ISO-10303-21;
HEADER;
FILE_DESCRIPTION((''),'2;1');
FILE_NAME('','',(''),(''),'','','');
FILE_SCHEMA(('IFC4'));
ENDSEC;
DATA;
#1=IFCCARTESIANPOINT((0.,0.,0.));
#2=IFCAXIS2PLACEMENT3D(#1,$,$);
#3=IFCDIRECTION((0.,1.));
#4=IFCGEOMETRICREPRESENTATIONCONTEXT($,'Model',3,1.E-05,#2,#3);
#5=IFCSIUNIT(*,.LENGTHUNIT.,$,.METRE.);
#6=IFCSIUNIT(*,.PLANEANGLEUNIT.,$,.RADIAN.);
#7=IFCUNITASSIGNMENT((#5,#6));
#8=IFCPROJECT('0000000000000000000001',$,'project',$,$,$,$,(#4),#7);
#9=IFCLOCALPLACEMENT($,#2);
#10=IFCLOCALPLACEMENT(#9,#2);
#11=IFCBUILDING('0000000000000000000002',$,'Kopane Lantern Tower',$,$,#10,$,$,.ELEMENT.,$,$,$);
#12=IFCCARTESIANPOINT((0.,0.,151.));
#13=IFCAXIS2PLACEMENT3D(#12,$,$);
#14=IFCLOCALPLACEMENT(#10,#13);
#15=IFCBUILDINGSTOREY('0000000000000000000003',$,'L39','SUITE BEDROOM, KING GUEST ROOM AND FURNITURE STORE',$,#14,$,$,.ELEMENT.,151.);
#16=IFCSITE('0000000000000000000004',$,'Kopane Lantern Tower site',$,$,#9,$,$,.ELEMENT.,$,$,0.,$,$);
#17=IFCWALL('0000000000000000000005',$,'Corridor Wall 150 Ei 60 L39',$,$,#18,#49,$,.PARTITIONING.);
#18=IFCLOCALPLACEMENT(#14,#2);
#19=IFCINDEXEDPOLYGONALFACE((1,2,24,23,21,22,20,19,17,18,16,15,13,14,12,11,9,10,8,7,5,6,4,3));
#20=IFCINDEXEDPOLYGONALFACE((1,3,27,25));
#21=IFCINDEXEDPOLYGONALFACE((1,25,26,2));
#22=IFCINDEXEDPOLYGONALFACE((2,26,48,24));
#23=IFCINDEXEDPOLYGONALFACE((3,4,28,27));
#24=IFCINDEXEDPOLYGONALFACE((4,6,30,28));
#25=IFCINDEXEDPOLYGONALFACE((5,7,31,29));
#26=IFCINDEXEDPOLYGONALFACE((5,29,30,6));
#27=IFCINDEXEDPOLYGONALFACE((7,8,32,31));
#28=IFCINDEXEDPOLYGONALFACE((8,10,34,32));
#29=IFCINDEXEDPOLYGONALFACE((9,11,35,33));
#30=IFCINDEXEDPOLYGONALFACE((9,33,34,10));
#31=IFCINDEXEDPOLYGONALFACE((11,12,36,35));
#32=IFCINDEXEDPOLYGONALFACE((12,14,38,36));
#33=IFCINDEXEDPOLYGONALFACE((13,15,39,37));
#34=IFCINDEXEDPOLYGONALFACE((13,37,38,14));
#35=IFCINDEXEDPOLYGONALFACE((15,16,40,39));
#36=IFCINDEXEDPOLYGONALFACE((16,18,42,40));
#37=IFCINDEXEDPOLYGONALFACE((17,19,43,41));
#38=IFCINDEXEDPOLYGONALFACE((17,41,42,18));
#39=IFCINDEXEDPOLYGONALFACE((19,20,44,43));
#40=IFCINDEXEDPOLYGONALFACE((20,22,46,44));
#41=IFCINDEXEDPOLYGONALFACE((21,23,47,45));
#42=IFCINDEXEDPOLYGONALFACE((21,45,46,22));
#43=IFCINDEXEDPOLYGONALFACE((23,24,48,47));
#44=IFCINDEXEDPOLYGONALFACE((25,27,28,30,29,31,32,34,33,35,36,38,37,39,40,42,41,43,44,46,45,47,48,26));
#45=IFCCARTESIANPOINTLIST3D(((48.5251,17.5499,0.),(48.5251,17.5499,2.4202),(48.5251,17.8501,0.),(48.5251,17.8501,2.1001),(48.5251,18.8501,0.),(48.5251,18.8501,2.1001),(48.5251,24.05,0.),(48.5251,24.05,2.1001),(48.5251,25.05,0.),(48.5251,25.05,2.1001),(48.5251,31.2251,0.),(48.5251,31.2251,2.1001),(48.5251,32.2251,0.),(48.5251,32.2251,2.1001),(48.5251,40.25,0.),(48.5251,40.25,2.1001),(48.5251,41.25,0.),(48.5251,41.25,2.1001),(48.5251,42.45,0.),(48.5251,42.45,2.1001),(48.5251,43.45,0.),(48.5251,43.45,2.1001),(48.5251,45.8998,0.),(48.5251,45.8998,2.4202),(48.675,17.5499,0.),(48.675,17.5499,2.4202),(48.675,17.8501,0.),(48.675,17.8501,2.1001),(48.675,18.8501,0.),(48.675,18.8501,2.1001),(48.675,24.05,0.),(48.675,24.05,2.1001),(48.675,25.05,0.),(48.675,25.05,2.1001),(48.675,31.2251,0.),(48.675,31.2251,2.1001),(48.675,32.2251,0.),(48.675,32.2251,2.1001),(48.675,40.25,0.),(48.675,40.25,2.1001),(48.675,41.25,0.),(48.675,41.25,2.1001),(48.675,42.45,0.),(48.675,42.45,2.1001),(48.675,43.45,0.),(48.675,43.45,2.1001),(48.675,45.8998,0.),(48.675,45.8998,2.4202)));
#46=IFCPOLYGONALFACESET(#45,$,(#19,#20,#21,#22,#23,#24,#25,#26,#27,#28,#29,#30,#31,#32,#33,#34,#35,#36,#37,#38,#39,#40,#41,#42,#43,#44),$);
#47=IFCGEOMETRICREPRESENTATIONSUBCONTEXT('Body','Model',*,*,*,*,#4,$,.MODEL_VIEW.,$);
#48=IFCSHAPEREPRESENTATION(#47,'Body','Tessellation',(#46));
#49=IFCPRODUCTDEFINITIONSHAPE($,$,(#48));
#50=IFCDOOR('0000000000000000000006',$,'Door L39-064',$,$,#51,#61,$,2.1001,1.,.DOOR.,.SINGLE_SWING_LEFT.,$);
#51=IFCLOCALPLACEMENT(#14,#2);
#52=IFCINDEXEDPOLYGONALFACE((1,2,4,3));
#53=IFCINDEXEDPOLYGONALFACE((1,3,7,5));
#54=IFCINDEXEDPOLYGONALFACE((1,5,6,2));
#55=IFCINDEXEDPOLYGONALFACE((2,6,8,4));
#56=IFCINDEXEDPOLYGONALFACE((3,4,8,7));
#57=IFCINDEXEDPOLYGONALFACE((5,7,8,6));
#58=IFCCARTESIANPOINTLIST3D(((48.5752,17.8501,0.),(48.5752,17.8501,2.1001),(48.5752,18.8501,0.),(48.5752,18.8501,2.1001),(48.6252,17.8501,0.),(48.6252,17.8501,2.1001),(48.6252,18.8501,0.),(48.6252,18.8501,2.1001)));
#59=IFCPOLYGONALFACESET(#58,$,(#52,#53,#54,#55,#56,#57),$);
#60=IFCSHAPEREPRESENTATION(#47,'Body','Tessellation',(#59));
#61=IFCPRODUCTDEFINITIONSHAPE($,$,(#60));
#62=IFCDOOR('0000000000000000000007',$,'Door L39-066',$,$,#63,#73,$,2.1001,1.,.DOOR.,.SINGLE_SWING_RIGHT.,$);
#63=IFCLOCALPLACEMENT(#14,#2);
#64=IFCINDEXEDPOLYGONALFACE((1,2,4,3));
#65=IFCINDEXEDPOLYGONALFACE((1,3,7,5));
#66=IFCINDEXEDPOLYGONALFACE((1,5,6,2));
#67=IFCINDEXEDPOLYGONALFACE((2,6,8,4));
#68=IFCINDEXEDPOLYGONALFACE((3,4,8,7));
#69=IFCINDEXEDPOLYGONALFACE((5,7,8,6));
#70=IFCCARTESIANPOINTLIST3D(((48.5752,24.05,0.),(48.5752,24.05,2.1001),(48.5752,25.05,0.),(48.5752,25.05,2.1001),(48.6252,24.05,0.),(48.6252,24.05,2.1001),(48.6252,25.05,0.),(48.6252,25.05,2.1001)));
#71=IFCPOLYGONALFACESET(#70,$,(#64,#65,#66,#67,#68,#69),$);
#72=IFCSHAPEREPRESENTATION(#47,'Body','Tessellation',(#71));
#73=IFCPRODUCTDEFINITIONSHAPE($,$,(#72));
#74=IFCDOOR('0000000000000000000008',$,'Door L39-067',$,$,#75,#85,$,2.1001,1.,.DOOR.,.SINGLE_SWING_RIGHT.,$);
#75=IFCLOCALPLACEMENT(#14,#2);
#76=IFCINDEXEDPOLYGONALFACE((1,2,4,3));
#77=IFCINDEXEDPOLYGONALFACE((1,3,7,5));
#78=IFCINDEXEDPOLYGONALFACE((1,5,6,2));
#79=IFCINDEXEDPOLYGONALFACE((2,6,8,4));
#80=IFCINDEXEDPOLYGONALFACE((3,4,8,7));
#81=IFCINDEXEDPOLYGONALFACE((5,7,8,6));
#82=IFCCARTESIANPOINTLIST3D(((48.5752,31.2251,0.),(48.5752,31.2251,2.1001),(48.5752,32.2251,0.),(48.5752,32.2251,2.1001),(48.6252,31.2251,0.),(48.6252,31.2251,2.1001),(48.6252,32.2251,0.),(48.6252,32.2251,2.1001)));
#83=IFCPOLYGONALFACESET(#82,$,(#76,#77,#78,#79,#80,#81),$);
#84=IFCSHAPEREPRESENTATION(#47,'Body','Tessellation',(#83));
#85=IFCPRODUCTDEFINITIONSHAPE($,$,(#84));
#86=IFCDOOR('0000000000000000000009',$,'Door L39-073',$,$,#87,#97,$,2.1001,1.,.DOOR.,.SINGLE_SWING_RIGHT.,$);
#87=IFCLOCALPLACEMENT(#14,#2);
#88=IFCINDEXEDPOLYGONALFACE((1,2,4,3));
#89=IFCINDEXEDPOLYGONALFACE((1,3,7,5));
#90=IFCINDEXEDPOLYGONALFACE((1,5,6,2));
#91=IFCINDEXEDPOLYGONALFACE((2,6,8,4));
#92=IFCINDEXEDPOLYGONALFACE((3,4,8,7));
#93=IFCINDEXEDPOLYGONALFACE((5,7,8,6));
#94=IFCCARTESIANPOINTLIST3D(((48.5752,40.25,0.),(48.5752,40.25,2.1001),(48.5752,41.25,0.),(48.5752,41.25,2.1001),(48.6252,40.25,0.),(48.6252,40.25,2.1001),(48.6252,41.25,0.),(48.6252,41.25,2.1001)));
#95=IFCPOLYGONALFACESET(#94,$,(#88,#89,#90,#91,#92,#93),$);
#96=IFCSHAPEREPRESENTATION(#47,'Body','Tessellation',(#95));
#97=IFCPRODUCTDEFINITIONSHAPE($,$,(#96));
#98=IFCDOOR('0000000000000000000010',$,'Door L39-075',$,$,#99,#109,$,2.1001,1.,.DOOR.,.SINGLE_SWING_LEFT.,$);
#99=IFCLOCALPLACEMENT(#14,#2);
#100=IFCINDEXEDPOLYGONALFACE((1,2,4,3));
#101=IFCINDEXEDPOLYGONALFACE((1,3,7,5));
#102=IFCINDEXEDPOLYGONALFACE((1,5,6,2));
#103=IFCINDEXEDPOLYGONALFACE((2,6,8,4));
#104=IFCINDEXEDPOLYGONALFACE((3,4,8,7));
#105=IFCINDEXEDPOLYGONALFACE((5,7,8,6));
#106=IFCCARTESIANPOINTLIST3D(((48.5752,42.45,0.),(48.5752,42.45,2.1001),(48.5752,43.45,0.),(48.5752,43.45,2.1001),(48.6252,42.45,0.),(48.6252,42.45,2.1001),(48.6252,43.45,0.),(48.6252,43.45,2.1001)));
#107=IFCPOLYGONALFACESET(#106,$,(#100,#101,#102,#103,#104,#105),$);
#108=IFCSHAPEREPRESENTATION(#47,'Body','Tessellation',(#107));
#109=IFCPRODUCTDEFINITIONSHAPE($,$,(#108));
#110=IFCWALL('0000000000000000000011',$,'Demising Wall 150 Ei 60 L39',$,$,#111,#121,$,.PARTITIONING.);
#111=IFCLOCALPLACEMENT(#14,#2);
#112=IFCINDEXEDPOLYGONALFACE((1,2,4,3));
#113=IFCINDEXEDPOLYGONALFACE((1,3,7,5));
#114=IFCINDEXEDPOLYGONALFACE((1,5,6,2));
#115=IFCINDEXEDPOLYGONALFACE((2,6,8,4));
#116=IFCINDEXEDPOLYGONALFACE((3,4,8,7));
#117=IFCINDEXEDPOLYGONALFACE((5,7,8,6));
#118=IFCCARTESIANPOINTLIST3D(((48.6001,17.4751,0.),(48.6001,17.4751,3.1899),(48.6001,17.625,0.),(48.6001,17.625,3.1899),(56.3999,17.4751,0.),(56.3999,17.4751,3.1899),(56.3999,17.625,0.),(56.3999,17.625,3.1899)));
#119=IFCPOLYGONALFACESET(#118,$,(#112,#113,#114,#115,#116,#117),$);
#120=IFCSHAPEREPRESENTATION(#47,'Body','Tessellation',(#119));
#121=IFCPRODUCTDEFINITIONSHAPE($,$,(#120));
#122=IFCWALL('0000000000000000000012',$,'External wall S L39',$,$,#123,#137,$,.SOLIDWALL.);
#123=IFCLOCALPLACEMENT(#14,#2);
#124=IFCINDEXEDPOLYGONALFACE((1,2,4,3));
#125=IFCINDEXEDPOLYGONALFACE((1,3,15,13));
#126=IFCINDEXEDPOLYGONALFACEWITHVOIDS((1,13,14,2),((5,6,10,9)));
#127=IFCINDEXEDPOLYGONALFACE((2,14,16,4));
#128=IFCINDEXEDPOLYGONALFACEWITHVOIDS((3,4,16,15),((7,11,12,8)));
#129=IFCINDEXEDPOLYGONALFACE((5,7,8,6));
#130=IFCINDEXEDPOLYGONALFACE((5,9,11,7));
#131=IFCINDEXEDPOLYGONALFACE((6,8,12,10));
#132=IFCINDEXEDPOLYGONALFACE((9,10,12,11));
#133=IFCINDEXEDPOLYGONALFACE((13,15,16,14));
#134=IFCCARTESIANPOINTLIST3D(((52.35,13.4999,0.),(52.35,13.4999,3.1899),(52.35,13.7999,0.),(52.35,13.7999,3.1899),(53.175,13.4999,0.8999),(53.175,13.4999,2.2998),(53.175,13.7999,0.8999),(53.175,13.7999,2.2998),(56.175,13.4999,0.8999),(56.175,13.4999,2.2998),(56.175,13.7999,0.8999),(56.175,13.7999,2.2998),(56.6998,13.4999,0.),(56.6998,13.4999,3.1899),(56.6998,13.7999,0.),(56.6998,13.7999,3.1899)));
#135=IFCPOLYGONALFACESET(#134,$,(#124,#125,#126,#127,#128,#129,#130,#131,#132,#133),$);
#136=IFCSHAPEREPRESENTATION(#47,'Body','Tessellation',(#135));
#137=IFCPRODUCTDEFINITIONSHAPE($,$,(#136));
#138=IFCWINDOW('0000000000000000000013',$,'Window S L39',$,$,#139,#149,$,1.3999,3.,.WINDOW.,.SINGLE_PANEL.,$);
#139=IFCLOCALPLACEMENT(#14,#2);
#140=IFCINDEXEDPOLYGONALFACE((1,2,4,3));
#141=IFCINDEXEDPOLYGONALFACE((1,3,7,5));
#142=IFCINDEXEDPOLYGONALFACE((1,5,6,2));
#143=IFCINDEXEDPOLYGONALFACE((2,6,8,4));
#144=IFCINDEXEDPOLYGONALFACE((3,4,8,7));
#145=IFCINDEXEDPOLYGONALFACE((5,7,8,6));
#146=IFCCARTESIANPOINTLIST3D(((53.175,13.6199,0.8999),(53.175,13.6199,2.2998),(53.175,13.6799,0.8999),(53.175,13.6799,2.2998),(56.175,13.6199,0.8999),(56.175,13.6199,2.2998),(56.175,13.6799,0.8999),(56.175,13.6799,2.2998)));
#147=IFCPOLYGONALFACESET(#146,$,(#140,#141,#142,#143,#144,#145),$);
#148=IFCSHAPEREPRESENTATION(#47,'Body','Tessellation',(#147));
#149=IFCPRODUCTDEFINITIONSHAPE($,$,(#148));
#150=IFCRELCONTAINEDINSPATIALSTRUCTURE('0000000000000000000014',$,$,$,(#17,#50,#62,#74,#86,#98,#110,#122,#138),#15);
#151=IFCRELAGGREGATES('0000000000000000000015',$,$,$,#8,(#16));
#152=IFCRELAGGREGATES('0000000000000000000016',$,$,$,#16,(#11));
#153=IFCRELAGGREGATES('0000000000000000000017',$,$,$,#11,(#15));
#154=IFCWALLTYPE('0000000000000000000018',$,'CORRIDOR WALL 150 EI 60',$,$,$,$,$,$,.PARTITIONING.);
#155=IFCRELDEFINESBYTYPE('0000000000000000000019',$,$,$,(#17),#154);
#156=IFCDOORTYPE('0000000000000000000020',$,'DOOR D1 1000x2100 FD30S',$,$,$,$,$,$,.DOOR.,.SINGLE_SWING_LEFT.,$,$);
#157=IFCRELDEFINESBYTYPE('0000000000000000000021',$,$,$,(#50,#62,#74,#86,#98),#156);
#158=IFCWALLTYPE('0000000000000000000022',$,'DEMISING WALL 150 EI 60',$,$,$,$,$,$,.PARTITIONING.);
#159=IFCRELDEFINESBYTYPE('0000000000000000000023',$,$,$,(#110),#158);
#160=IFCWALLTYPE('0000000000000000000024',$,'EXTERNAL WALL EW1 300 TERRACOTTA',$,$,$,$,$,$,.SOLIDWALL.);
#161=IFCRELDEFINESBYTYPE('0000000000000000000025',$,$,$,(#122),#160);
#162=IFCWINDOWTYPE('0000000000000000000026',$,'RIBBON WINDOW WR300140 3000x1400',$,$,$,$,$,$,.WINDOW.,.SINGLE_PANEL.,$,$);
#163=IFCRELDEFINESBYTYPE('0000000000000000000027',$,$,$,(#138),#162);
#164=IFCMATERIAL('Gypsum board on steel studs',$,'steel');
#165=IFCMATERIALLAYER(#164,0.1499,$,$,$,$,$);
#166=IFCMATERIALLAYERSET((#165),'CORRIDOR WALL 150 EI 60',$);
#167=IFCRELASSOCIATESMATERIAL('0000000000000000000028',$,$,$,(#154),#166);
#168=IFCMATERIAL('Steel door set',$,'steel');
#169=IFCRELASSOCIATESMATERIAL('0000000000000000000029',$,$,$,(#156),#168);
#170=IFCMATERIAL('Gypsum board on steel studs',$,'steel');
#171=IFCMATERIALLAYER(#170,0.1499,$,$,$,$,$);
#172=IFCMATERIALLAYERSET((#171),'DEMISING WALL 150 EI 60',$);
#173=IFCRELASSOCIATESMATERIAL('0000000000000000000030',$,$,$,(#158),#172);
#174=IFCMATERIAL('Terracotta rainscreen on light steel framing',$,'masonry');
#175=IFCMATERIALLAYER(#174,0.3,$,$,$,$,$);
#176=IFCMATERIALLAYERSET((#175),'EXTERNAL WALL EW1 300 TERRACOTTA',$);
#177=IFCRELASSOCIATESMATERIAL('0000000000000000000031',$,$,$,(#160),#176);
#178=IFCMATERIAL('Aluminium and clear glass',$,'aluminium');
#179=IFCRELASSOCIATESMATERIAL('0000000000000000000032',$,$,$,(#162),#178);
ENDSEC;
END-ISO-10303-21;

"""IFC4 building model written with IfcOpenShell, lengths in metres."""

from ifc_helpers import new_model, si_unit, direction, frame, frame_2d, origin, place, context, subcontext, project, spatial, rectangle, extrude, material, layer, layer_set, type_object, element, fill, save


model = new_model("IFC4")

# Units and contexts
model_context = context("Model", 3, precision=1e-05, world=origin(), true_north=direction((0.0, 1.0)))
body_context = subcontext(model_context, "Body", "Model", "MODEL_VIEW")
ifc_project = project(units=[si_unit("LENGTHUNIT", "METRE"), si_unit("PLANEANGLEUNIT", "RADIAN")], contexts=[model_context])

# Site, building, storey
site_placement = place(None, origin())
site = spatial("IfcSite", under=ifc_project, at=site_placement, Name="Kopane Lantern Tower site", CompositionType="ELEMENT", RefElevation=0.0)
building_placement = place(site_placement, origin())
building = spatial("IfcBuilding", under=site, at=building_placement, Name="Kopane Lantern Tower", CompositionType="ELEMENT")
storey_placement = place(building_placement, frame((0.0, 0.0, 151.0)))
storey = spatial("IfcBuildingStorey", under=building, at=storey_placement, Name="L39", Description="SUITE BEDROOM, KING GUEST ROOM AND FURNITURE STORE", CompositionType="ELEMENT", Elevation=151.0)

# Wall, openings, doors
ifc_material_1 = material(Name="Gypsum board on steel studs", Category="steel")
ifc_layer_1 = layer(ifc_material_1, 0.1499)
ifc_layer_set_1 = layer_set([ifc_layer_1], Name="CORRIDOR WALL 150 EI 60")
wall_type_1 = type_object("IfcWallType", Name="CORRIDOR WALL 150 EI 60", PredefinedType="PARTITIONING", material=ifc_layer_set_1)
wall_1_placement = place(storey_placement, frame((48.6001, 17.55, 0.0), z_axis=(0.0, 0.0, 1.0), x_axis=(0.0, 1.0, 0.0)))
wall_1 = element("IfcWall", 1, at=wall_1_placement, inside=storey, type_object=wall_type_1, Name="Corridor Wall 150 Ei 60 L39", PredefinedType="PARTITIONING", context=body_context, shape_type="SweptSolid", body=[
    extrude(rectangle(XDim=28.3499, YDim=0.1499, at=frame_2d((14.1748, 0.0))), origin(), (0.0, 0.0, 1.0), 2.4202),
])
opening_1_placement = place(wall_1_placement, frame((0.3, 0.0, 0.0)))
opening_1 = element("IfcOpeningElement", 2, at=opening_1_placement, cuts=wall_1, PredefinedType="OPENING", context=body_context, shape_type="SweptSolid", body=[
    extrude(rectangle(XDim=1.0, YDim=2.1001, at=frame_2d((0.5, 1.05))), frame((0.0, 0.085, 0.0), z_axis=(0.0, -1.0, 0.0), x_axis=(1.0, 0.0, 0.0)), (0.0, 0.0, 1.0), 0.1699),
])
opening_2_placement = place(wall_1_placement, frame((6.5, 0.0, 0.0)))
opening_2 = element("IfcOpeningElement", 3, at=opening_2_placement, cuts=wall_1, PredefinedType="OPENING", context=body_context, shape_type="SweptSolid", body=[
    extrude(rectangle(XDim=1.0, YDim=2.1001, at=frame_2d((0.5, 1.05))), frame((0.0, 0.085, 0.0), z_axis=(0.0, -1.0, 0.0), x_axis=(1.0, 0.0, 0.0)), (0.0, 0.0, 1.0), 0.1699),
])
opening_3_placement = place(wall_1_placement, frame((13.675, 0.0, 0.0)))
opening_3 = element("IfcOpeningElement", 4, at=opening_3_placement, cuts=wall_1, PredefinedType="OPENING", context=body_context, shape_type="SweptSolid", body=[
    extrude(rectangle(XDim=1.0, YDim=2.1001, at=frame_2d((0.5, 1.05))), frame((0.0, 0.085, 0.0), z_axis=(0.0, -1.0, 0.0), x_axis=(1.0, 0.0, 0.0)), (0.0, 0.0, 1.0), 0.1699),
])
opening_4_placement = place(wall_1_placement, frame((22.7, 0.0, 0.0)))
opening_4 = element("IfcOpeningElement", 5, at=opening_4_placement, cuts=wall_1, PredefinedType="OPENING", context=body_context, shape_type="SweptSolid", body=[
    extrude(rectangle(XDim=1.0, YDim=2.1001, at=frame_2d((0.5, 1.05))), frame((0.0, 0.085, 0.0), z_axis=(0.0, -1.0, 0.0), x_axis=(1.0, 0.0, 0.0)), (0.0, 0.0, 1.0), 0.1699),
])
opening_5_placement = place(wall_1_placement, frame((24.8999, 0.0, 0.0)))
opening_5 = element("IfcOpeningElement", 6, at=opening_5_placement, cuts=wall_1, PredefinedType="OPENING", context=body_context, shape_type="SweptSolid", body=[
    extrude(rectangle(XDim=1.0, YDim=2.1001, at=frame_2d((0.5, 1.05))), frame((0.0, 0.085, 0.0), z_axis=(0.0, -1.0, 0.0), x_axis=(1.0, 0.0, 0.0)), (0.0, 0.0, 1.0), 0.1699),
])
ifc_material_2 = material(Name="Steel door set", Category="steel")
door_type_1 = type_object("IfcDoorType", Name="DOOR D1 1000x2100 FD30S", OperationType="SINGLE_SWING_LEFT", PredefinedType="DOOR", material=ifc_material_2)
door_1_placement = place(opening_1_placement, origin())
door_1 = element("IfcDoor", 7, at=door_1_placement, inside=storey, type_object=door_type_1, Name="Door L39-064", OperationType="SINGLE_SWING_LEFT", OverallHeight=2.1001, OverallWidth=1.0, PredefinedType="DOOR", context=body_context, shape_type="SweptSolid", body=[
    extrude(rectangle(XDim=1.0, YDim=2.1001, at=frame_2d((0.5, 1.05))), frame((0.0, 0.0249, 0.0), z_axis=(0.0, -1.0, 0.0), x_axis=(1.0, 0.0, 0.0)), (0.0, 0.0, 1.0), 0.05),
])
fill(opening_1, door_1)
door_2_placement = place(opening_2_placement, origin())
door_2 = element("IfcDoor", 8, at=door_2_placement, inside=storey, type_object=door_type_1, Name="Door L39-066", OperationType="SINGLE_SWING_RIGHT", OverallHeight=2.1001, OverallWidth=1.0, PredefinedType="DOOR", context=body_context, shape_type="SweptSolid", body=[
    extrude(rectangle(XDim=1.0, YDim=2.1001, at=frame_2d((0.5, 1.05))), frame((0.0, 0.0249, 0.0), z_axis=(0.0, -1.0, 0.0), x_axis=(1.0, 0.0, 0.0)), (0.0, 0.0, 1.0), 0.05),
])
fill(opening_2, door_2)
door_3_placement = place(opening_3_placement, origin())
door_3 = element("IfcDoor", 9, at=door_3_placement, inside=storey, type_object=door_type_1, Name="Door L39-067", OperationType="SINGLE_SWING_RIGHT", OverallHeight=2.1001, OverallWidth=1.0, PredefinedType="DOOR", context=body_context, shape_type="SweptSolid", body=[
    extrude(rectangle(XDim=1.0, YDim=2.1001, at=frame_2d((0.5, 1.05))), frame((0.0, 0.0249, 0.0), z_axis=(0.0, -1.0, 0.0), x_axis=(1.0, 0.0, 0.0)), (0.0, 0.0, 1.0), 0.05),
])
fill(opening_3, door_3)
door_4_placement = place(opening_4_placement, origin())
door_4 = element("IfcDoor", 10, at=door_4_placement, inside=storey, type_object=door_type_1, Name="Door L39-073", OperationType="SINGLE_SWING_RIGHT", OverallHeight=2.1001, OverallWidth=1.0, PredefinedType="DOOR", context=body_context, shape_type="SweptSolid", body=[
    extrude(rectangle(XDim=1.0, YDim=2.1001, at=frame_2d((0.5, 1.05))), frame((0.0, 0.0249, 0.0), z_axis=(0.0, -1.0, 0.0), x_axis=(1.0, 0.0, 0.0)), (0.0, 0.0, 1.0), 0.05),
])
fill(opening_4, door_4)
door_5_placement = place(opening_5_placement, origin())
door_5 = element("IfcDoor", 11, at=door_5_placement, inside=storey, type_object=door_type_1, Name="Door L39-075", OperationType="SINGLE_SWING_LEFT", OverallHeight=2.1001, OverallWidth=1.0, PredefinedType="DOOR", context=body_context, shape_type="SweptSolid", body=[
    extrude(rectangle(XDim=1.0, YDim=2.1001, at=frame_2d((0.5, 1.05))), frame((0.0, 0.0249, 0.0), z_axis=(0.0, -1.0, 0.0), x_axis=(1.0, 0.0, 0.0)), (0.0, 0.0, 1.0), 0.05),
])
fill(opening_5, door_5)

# Wall
ifc_material_3 = material(Name="Gypsum board on steel studs", Category="steel")
ifc_layer_2 = layer(ifc_material_3, 0.1499)
ifc_layer_set_2 = layer_set([ifc_layer_2], Name="DEMISING WALL 150 EI 60")
wall_type_2 = type_object("IfcWallType", Name="DEMISING WALL 150 EI 60", PredefinedType="PARTITIONING", material=ifc_layer_set_2)
wall_2_placement = place(storey_placement, frame((48.6001, 17.55, 0.0), z_axis=(0.0, 0.0, 1.0), x_axis=(1.0, 0.0, 0.0)))
element("IfcWall", 12, at=wall_2_placement, inside=storey, type_object=wall_type_2, Name="Demising Wall 150 Ei 60 L39", PredefinedType="PARTITIONING", context=body_context, shape_type="SweptSolid", body=[
    extrude(rectangle(XDim=7.7998, YDim=0.1499, at=frame_2d((3.8999, 0.0))), origin(), (0.0, 0.0, 1.0), 3.1899),
])

# Wall, opening, window
ifc_material_4 = material(Name="Terracotta rainscreen on light steel framing", Category="masonry")
ifc_layer_3 = layer(ifc_material_4, 0.3)
ifc_layer_set_3 = layer_set([ifc_layer_3], Name="EXTERNAL WALL EW1 300 TERRACOTTA")
wall_type_3 = type_object("IfcWallType", Name="EXTERNAL WALL EW1 300 TERRACOTTA", PredefinedType="SOLIDWALL", material=ifc_layer_set_3)
wall_3_placement = place(storey_placement, frame((52.3501, 13.6499, 0.0), z_axis=(0.0, 0.0, 1.0), x_axis=(1.0, 0.0, 0.0)))
wall_3 = element("IfcWall", 13, at=wall_3_placement, inside=storey, type_object=wall_type_3, Name="External wall S L39", PredefinedType="SOLIDWALL", context=body_context, shape_type="SweptSolid", body=[
    extrude(rectangle(XDim=4.3499, YDim=0.3, at=frame_2d((2.1748, 0.0))), origin(), (0.0, 0.0, 1.0), 3.1899),
])
opening_6_placement = place(wall_3_placement, frame((0.825, 0.0, 0.8999)))
opening_6 = element("IfcOpeningElement", 14, at=opening_6_placement, cuts=wall_3, PredefinedType="OPENING", context=body_context, shape_type="SweptSolid", body=[
    extrude(rectangle(XDim=3.0, YDim=1.3999, at=frame_2d((1.5, 0.7))), frame((0.0, 0.1599, 0.0), z_axis=(0.0, -1.0, 0.0), x_axis=(1.0, 0.0, 0.0)), (0.0, 0.0, 1.0), 0.3201),
])
ifc_material_5 = material(Name="Aluminium and clear glass", Category="aluminium")
window_type = type_object("IfcWindowType", Name="RIBBON WINDOW WR300140 3000x1400", PartitioningType="SINGLE_PANEL", PredefinedType="WINDOW", material=ifc_material_5)
window_1_placement = place(opening_6_placement, origin())
window_1 = element("IfcWindow", 15, at=window_1_placement, inside=storey, type_object=window_type, Name="Window S L39", OverallHeight=1.3999, OverallWidth=3.0, PartitioningType="SINGLE_PANEL", PredefinedType="WINDOW", context=body_context, shape_type="SweptSolid", body=[
    extrude(rectangle(XDim=3.0, YDim=1.3999, at=frame_2d((1.5, 0.7))), frame((0.0, 0.03, 0.0), z_axis=(0.0, -1.0, 0.0), x_axis=(1.0, 0.0, 0.0)), (0.0, 0.0, 1.0), 0.0601),
])
fill(opening_6, window_1)

save(model, "model.ifc")
